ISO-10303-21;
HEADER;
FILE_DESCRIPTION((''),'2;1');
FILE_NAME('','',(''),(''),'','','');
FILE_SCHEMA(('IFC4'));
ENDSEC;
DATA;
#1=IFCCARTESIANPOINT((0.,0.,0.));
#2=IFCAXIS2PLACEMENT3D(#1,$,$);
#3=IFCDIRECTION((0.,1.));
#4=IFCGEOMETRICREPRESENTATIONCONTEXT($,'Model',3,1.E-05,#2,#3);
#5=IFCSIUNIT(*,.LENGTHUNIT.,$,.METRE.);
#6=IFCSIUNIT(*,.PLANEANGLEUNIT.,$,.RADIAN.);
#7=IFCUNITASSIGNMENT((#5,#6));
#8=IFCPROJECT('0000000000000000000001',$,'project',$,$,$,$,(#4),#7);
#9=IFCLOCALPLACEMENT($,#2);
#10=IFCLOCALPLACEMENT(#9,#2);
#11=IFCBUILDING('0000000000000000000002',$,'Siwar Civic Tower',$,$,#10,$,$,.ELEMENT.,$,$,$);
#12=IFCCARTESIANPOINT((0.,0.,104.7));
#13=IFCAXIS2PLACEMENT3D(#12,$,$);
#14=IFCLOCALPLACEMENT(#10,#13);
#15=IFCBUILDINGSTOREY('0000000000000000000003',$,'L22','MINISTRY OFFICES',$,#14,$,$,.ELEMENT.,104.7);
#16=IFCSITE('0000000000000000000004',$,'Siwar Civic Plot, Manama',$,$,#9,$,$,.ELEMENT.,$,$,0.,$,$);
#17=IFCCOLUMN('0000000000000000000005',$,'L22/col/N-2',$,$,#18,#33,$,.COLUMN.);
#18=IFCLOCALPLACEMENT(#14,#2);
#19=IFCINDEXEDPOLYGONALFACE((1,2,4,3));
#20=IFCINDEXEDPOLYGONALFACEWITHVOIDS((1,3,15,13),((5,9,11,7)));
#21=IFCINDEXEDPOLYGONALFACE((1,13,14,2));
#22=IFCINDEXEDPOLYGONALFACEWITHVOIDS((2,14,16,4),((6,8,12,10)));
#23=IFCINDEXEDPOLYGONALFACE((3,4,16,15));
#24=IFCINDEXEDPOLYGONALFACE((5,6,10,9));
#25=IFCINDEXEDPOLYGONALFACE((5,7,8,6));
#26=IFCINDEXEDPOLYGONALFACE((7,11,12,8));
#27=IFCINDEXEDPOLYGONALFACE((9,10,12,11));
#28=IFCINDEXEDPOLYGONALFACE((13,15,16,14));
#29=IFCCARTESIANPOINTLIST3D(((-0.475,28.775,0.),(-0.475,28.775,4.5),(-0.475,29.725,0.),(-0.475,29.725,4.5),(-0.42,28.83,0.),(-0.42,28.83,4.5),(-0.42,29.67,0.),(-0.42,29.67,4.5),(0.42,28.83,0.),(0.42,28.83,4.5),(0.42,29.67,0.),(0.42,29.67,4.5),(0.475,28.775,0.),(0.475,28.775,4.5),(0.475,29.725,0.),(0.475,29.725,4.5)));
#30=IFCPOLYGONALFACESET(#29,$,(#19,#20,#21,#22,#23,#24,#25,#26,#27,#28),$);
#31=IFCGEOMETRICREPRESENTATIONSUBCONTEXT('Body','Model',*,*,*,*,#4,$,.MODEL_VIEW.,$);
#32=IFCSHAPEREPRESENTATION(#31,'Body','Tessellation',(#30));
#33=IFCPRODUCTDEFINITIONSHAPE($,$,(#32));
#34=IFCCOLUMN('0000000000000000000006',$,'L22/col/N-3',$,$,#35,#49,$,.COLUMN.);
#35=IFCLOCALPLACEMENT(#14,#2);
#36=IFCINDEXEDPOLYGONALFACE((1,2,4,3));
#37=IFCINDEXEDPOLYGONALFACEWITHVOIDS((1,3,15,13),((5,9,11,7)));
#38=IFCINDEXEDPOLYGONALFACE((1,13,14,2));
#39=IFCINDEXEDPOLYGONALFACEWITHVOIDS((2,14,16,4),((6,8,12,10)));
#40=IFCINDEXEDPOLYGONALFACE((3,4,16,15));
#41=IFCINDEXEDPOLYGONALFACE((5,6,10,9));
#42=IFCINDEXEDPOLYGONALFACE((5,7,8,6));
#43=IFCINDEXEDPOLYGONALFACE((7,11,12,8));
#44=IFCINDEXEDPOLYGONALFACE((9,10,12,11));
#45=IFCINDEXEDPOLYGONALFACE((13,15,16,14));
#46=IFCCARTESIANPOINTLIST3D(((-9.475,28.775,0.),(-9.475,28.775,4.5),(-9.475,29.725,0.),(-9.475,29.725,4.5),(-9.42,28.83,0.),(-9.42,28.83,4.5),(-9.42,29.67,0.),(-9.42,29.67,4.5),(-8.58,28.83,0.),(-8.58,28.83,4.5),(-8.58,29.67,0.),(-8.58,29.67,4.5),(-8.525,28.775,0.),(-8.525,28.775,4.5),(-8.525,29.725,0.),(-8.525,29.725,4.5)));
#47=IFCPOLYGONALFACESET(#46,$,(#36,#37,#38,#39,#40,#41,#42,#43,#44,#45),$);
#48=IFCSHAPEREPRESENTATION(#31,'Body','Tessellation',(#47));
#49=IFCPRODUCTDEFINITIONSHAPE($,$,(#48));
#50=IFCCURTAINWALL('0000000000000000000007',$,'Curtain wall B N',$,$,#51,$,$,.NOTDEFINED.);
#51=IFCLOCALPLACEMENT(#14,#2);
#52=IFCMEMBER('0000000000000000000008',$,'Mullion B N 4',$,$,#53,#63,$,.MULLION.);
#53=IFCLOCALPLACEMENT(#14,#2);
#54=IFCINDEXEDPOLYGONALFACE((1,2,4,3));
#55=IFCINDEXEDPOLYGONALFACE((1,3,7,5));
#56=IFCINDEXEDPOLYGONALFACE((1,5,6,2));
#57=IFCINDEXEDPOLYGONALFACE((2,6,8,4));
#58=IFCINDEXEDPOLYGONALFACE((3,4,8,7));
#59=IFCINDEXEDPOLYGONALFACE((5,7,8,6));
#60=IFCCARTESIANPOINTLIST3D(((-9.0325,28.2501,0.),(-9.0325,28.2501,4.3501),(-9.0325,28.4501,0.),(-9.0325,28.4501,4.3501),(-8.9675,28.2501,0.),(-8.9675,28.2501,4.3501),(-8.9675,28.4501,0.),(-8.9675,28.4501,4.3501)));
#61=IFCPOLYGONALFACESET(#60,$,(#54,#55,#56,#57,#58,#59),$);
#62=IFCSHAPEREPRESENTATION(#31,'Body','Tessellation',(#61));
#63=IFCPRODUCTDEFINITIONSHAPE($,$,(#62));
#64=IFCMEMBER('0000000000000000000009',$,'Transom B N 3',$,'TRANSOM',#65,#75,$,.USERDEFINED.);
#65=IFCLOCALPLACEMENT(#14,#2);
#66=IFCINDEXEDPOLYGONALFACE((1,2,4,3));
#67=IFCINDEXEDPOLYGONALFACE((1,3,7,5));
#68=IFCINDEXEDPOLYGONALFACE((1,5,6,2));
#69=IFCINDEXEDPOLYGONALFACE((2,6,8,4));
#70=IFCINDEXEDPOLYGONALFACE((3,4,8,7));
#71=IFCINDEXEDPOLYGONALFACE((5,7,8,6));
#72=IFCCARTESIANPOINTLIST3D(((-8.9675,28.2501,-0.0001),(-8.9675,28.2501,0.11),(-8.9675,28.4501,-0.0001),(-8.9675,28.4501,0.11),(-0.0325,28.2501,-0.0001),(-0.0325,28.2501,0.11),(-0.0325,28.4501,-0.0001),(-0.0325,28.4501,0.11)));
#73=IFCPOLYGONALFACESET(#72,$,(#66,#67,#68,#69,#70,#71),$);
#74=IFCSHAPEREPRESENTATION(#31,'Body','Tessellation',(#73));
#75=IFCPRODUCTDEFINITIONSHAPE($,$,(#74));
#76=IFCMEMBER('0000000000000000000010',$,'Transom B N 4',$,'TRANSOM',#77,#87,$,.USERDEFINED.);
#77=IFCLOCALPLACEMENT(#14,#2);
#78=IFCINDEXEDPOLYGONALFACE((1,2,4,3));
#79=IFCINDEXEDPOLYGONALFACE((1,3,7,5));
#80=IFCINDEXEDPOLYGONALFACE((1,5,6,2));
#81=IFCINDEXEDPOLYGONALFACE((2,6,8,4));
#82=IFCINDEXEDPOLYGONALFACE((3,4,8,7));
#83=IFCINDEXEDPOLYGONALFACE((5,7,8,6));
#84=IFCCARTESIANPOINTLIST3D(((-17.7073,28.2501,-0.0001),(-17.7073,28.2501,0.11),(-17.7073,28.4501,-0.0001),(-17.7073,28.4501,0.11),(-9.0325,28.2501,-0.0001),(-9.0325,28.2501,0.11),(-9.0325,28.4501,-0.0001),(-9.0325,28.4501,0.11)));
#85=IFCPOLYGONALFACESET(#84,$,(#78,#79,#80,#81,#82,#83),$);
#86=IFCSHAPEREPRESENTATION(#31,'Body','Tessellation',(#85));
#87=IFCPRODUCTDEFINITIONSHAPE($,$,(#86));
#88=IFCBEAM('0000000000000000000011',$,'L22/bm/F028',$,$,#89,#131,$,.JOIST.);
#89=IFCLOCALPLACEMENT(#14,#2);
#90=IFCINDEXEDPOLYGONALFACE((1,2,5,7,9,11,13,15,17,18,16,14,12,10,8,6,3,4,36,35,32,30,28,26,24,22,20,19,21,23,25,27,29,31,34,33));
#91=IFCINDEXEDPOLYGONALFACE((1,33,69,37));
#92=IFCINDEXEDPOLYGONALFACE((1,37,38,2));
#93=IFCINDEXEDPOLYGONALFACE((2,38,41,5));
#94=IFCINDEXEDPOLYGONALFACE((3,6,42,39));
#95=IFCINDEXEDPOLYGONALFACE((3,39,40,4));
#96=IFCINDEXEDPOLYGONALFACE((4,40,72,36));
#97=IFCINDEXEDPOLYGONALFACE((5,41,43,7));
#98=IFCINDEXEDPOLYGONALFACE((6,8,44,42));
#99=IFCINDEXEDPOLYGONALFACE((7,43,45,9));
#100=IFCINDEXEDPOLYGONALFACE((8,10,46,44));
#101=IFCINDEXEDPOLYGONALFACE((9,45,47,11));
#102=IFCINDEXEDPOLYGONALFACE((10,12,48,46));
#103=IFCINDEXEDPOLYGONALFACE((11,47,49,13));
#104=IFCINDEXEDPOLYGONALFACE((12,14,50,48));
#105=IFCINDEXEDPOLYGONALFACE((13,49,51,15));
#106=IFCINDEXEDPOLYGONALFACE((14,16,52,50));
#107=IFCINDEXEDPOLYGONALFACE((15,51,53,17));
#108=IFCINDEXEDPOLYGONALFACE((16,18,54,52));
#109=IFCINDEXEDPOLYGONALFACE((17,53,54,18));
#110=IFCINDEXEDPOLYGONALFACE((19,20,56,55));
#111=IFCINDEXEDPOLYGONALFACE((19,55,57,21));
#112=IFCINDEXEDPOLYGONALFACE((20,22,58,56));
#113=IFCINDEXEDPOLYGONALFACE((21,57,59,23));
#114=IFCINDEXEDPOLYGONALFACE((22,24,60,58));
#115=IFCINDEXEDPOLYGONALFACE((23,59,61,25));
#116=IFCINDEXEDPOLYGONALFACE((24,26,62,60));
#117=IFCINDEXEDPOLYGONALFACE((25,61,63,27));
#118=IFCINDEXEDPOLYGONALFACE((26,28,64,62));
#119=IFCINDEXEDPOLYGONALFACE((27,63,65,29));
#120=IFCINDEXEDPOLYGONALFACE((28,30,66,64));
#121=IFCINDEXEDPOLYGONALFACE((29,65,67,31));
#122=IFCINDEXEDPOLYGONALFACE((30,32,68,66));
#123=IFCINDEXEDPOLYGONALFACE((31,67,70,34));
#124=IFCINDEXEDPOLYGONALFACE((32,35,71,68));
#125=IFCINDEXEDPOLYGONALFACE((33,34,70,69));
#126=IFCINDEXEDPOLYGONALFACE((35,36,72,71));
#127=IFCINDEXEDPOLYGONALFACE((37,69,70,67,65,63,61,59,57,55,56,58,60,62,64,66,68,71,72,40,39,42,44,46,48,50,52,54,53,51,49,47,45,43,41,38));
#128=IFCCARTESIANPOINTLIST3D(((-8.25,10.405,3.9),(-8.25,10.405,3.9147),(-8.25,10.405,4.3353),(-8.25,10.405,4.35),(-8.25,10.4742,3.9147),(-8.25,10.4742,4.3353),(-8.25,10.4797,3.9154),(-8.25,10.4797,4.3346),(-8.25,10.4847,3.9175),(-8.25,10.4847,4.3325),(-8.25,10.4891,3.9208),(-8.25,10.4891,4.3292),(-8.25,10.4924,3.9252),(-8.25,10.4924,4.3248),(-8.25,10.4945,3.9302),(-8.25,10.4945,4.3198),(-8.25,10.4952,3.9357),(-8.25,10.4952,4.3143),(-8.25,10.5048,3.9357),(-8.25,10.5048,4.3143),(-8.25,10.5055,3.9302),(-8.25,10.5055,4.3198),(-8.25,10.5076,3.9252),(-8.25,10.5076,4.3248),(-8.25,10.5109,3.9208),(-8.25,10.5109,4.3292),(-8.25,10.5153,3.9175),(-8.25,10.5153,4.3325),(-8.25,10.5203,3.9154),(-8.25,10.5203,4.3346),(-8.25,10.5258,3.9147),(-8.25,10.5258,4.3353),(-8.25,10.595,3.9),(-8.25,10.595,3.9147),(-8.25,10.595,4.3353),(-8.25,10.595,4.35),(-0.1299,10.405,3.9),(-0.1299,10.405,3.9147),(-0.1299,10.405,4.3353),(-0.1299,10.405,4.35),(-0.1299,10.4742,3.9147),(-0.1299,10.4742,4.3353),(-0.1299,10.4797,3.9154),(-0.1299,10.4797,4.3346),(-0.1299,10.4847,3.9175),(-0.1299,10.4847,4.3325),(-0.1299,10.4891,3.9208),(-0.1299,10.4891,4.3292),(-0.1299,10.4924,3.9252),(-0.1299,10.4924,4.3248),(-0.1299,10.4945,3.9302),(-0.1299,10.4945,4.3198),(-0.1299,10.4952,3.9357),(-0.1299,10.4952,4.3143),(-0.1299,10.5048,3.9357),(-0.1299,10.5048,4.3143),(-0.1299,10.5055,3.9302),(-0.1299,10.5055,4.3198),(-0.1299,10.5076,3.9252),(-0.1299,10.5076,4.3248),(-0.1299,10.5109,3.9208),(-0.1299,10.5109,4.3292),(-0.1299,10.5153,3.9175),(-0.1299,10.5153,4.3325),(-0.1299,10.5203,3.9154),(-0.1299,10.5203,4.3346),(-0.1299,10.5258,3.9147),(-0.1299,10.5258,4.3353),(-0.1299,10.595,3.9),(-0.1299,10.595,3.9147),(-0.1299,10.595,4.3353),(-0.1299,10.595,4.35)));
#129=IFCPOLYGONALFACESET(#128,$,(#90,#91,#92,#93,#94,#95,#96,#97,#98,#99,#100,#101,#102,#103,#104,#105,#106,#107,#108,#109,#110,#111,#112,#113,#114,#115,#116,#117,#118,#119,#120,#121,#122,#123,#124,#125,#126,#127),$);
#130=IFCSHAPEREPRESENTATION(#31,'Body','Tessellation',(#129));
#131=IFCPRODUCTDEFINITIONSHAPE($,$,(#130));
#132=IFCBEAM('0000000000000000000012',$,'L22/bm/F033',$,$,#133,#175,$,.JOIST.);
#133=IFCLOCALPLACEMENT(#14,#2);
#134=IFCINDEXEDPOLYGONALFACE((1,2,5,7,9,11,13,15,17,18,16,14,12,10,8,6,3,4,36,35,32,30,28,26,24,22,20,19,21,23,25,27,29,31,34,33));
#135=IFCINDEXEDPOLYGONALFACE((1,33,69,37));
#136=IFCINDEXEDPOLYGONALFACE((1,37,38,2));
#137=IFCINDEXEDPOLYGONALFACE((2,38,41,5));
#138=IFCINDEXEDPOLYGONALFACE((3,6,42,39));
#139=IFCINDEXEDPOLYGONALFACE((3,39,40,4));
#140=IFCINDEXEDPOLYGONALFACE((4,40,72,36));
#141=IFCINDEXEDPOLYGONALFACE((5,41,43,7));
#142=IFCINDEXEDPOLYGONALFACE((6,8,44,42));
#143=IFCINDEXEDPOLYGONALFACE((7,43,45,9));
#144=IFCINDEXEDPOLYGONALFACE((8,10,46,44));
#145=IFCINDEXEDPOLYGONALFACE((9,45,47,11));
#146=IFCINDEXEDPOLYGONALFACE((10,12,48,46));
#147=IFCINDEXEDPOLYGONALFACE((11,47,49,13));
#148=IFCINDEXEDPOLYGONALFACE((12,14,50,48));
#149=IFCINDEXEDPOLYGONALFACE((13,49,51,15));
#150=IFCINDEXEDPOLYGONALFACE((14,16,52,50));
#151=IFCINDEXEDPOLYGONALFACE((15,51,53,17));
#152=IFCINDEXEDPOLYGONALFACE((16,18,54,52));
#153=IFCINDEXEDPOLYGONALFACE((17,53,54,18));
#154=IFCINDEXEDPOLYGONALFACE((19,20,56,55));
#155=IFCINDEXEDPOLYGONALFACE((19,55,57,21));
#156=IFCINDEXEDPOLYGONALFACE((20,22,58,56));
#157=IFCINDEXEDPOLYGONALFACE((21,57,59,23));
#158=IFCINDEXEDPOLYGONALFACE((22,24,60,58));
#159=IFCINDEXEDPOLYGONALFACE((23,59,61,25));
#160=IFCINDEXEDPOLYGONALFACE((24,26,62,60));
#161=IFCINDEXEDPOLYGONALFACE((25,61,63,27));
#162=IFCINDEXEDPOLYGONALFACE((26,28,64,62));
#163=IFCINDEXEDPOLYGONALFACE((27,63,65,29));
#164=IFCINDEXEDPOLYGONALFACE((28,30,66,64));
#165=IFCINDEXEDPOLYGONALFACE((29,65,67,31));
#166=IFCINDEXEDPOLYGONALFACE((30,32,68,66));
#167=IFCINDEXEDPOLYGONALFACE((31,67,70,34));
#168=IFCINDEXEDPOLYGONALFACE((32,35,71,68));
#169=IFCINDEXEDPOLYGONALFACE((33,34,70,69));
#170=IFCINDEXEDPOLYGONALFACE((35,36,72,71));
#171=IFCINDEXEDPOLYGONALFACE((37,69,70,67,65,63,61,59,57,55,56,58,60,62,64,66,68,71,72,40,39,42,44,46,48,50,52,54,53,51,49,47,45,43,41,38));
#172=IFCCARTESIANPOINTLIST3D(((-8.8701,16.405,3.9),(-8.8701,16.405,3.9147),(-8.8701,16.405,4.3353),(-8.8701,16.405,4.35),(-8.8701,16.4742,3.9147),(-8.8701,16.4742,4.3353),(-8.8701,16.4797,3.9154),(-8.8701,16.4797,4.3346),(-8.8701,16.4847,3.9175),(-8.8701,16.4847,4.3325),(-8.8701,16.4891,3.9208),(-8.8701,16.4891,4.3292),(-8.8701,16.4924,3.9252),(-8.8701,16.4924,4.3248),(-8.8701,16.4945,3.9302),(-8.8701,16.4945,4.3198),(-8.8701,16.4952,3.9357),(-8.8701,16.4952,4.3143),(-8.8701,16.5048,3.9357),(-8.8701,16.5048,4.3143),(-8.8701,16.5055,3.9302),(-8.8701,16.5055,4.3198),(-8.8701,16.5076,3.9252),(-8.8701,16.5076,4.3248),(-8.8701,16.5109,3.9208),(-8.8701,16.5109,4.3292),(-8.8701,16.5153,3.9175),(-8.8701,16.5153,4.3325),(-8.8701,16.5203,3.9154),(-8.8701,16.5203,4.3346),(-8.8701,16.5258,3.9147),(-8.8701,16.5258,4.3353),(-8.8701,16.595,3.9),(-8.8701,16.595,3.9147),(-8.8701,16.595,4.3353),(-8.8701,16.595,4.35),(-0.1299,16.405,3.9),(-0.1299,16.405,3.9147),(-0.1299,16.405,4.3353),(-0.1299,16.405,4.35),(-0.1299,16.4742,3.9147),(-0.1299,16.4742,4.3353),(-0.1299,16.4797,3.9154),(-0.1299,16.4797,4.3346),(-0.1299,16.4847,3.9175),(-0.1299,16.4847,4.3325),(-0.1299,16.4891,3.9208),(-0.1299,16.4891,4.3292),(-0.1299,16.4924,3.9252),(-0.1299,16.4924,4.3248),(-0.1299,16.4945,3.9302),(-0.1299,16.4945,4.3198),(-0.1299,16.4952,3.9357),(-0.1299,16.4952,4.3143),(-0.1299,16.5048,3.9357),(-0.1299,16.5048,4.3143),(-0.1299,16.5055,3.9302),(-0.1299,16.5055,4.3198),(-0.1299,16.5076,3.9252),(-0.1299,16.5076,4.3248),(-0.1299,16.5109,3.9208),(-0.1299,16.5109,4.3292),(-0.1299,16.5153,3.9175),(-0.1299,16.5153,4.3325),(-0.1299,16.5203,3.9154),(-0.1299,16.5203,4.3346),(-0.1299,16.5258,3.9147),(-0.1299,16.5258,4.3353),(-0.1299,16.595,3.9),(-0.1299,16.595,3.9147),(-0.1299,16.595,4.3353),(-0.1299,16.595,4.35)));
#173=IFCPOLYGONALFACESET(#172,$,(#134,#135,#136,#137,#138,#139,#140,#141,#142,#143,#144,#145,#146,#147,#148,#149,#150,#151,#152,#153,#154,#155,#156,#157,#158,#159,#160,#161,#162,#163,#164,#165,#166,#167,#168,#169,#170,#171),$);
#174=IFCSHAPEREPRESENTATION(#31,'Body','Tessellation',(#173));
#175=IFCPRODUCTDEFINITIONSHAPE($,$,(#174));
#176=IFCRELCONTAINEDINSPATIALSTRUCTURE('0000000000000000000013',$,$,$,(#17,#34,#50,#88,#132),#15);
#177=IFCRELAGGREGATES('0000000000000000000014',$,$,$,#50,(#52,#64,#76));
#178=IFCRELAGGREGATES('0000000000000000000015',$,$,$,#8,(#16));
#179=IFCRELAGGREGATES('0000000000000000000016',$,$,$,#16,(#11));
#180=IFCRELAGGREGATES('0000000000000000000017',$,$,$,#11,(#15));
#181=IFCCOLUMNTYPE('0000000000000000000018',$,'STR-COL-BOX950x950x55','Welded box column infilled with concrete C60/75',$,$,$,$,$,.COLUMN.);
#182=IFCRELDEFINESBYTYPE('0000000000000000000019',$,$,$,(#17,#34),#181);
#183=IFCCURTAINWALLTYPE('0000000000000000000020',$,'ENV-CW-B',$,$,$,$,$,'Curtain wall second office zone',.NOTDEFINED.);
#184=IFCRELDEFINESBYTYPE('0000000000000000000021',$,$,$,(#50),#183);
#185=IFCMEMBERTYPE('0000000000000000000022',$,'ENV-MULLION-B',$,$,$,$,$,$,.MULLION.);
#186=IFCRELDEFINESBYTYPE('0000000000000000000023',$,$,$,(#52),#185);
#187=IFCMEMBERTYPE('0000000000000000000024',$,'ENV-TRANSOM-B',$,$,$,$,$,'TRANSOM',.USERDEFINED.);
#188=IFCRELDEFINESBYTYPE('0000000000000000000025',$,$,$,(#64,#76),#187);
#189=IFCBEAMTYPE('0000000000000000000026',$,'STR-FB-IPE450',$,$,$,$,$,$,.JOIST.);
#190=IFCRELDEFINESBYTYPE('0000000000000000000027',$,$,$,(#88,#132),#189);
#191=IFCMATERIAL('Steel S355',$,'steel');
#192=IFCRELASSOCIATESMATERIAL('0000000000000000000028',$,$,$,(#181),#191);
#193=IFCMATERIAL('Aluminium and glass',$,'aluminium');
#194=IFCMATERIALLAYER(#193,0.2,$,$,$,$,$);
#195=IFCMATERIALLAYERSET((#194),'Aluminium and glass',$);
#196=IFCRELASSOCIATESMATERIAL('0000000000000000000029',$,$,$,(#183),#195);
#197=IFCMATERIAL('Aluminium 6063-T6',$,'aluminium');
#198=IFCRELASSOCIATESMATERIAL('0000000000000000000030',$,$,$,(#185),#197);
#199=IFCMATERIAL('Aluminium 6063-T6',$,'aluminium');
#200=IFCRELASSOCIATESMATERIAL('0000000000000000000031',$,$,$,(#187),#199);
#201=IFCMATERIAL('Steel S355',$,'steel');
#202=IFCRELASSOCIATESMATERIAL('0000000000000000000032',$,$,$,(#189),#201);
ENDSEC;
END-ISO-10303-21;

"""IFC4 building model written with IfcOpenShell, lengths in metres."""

from ifc_helpers import new_model, si_unit, direction, frame, origin, origin_2d, place, context, subcontext, project, spatial, rectangle, hollow_rectangle, i_section, extrude, material, layer, layer_set, material_profile, profile_set, type_object, element, aggregate, save


model = new_model("IFC4")

# Units and contexts
model_context = context("Model", 3, precision=1e-05, world=origin(), true_north=direction((0.0, 1.0)))
body_context = subcontext(model_context, "Body", "Model", "MODEL_VIEW")
ifc_project = project(units=[si_unit("LENGTHUNIT", "METRE"), si_unit("PLANEANGLEUNIT", "RADIAN")], contexts=[model_context])

# Site, building, storey
site_placement = place(None, origin())
site = spatial("IfcSite", under=ifc_project, at=site_placement, Name="Siwar Civic Plot, Manama", CompositionType="ELEMENT", RefElevation=0.0)
building_placement = place(site_placement, origin())
building = spatial("IfcBuilding", under=site, at=building_placement, Name="Siwar Civic Tower", CompositionType="ELEMENT")
storey_placement = place(building_placement, frame((0.0, 0.0, 104.7)))
storey = spatial("IfcBuildingStorey", under=building, at=storey_placement, Name="L22", Description="MINISTRY OFFICES", CompositionType="ELEMENT", Elevation=104.7)

# Columns
ifc_material_1 = material(Name="Steel S355", Category="steel")
ifc_material_profile_1 = material_profile(ifc_material_1, hollow_rectangle(XDim=0.95, YDim=0.95, WallThickness=0.0549, at=origin_2d()), Name="BOX950x950x55")
ifc_profile_set_1 = profile_set([ifc_material_profile_1], Name="Steel S355")
column_type = type_object("IfcColumnType", Name="STR-COL-BOX950x950x55", Description="Welded box column infilled with concrete C60/75", PredefinedType="COLUMN", material=ifc_profile_set_1)
for number, where, z_axis, x_axis, name in (
    (1, (0.0, 29.25, 0.0), (0.0, 0.0, 1.0), (1.0, 0.0, 0.0), "L22/col/N-2"),
    (2, (-9.0, 29.25, 0.0), (0.0, 0.0, 1.0), (1.0, 0.0, 0.0), "L22/col/N-3"),
):
    element("IfcColumn", number, at=place(storey_placement, frame(where, z_axis=z_axis, x_axis=x_axis)), inside=storey, type_object=column_type, Name=name, PredefinedType="COLUMN", context=body_context, shape_type="SweptSolid", body=[
        extrude(hollow_rectangle(XDim=0.95, YDim=0.95, WallThickness=0.0549, at=origin_2d()), origin(), (0.0, 0.0, 1.0), 4.5),
    ])

# Curtain wall, members
ifc_material_2 = material(Name="Aluminium and glass", Category="aluminium")
ifc_layer_1 = layer(ifc_material_2, 0.2)
ifc_layer_set_1 = layer_set([ifc_layer_1], Name="Aluminium and glass")
curtain_wall_type = type_object("IfcCurtainWallType", Name="ENV-CW-B", ElementType="Curtain wall second office zone", PredefinedType="NOTDEFINED", material=ifc_layer_set_1)
curtain_wall_placement = place(storey_placement, origin())
curtain_wall = element("IfcCurtainWall", 3, at=curtain_wall_placement, inside=storey, type_object=curtain_wall_type, Name="Curtain wall B N", PredefinedType="NOTDEFINED")
ifc_material_3 = material(Name="Aluminium 6063-T6", Category="aluminium")
ifc_material_profile_2 = material_profile(ifc_material_3, rectangle(XDim=0.2, YDim=0.0649, at=origin_2d()), Name="AL 200x65")
ifc_profile_set_2 = profile_set([ifc_material_profile_2], Name="Aluminium 6063-T6")
member_type_1 = type_object("IfcMemberType", Name="ENV-MULLION-B", PredefinedType="MULLION", material=ifc_profile_set_2)
member_1_placement = place(storey_placement, frame((-9.0, 28.3501, 0.0), z_axis=(0.0, 0.0, 1.0), x_axis=(0.0, -1.0, 0.0)))
member_1 = element("IfcMember", 4, at=member_1_placement, type_object=member_type_1, Name="Mullion B N 4", PredefinedType="MULLION", context=body_context, shape_type="SweptSolid", body=[
    extrude(rectangle(XDim=0.2, YDim=0.0649, at=origin_2d()), origin(), (0.0, 0.0, 1.0), 4.3501),
])
ifc_material_4 = material(Name="Aluminium 6063-T6", Category="aluminium")
ifc_material_profile_3 = material_profile(ifc_material_4, rectangle(XDim=0.2, YDim=0.1101, at=origin_2d()), Name="AL 200x110")
ifc_profile_set_3 = profile_set([ifc_material_profile_3], Name="Aluminium 6063-T6")
member_type_2 = type_object("IfcMemberType", Name="ENV-TRANSOM-B", ElementType="TRANSOM", PredefinedType="USERDEFINED", material=ifc_profile_set_3)
member_2_placement = place(storey_placement, frame((-0.0325, 28.3501, 0.0549), z_axis=(-1.0, 0.0, 0.0), x_axis=(0.0, -1.0, 0.0)))
member_2 = element("IfcMember", 5, at=member_2_placement, type_object=member_type_2, Name="Transom B N 3", ObjectType="TRANSOM", PredefinedType="USERDEFINED", context=body_context, shape_type="SweptSolid", body=[
    extrude(rectangle(XDim=0.2, YDim=0.1101, at=origin_2d()), origin(), (0.0, 0.0, 1.0), 8.9351),
])
member_3_placement = place(storey_placement, frame((-9.0325, 28.3501, 0.0549), z_axis=(-1.0, 0.0, 0.0), x_axis=(0.0, -1.0, 0.0)))
member_3 = element("IfcMember", 6, at=member_3_placement, type_object=member_type_2, Name="Transom B N 4", ObjectType="TRANSOM", PredefinedType="USERDEFINED", context=body_context, shape_type="SweptSolid", body=[
    extrude(rectangle(XDim=0.2, YDim=0.1101, at=origin_2d()), origin(), (0.0, 0.0, 1.0), 8.6748),
])

# Beams
ifc_material_5 = material(Name="Steel S355", Category="steel")
ifc_material_profile_4 = material_profile(ifc_material_5, i_section(OverallWidth=0.1899, OverallDepth=0.45, WebThickness=0.0095, FlangeThickness=0.0146, FilletRadius=0.021, at=origin_2d()), Name="IPE450")
ifc_profile_set_4 = profile_set([ifc_material_profile_4], Name="Steel S355")
beam_type_1 = type_object("IfcBeamType", Name="STR-FB-IPE450", PredefinedType="JOIST", material=ifc_profile_set_4)
beam_1_placement = place(storey_placement, frame((-8.25, 10.5, 4.125), z_axis=(1.0, 0.0, 0.0), x_axis=(0.0, 1.0, 0.0)))
element("IfcBeam", 7, at=beam_1_placement, inside=storey, type_object=beam_type_1, Name="L22/bm/F028", PredefinedType="JOIST", context=body_context, shape_type="SweptSolid", body=[
    extrude(i_section(OverallWidth=0.1899, OverallDepth=0.45, WebThickness=0.0095, FlangeThickness=0.0146, FilletRadius=0.021, at=origin_2d()), origin(), (0.0, 0.0, 1.0), 8.1201),
])
for number, where, z_axis, x_axis, name in (
    (8, (-8.8701, 16.5, 4.125), (1.0, 0.0, 0.0), (0.0, 1.0, 0.0), "L22/bm/F033"),
):
    element("IfcBeam", number, at=place(storey_placement, frame(where, z_axis=z_axis, x_axis=x_axis)), inside=storey, type_object=beam_type_1, Name=name, PredefinedType="JOIST", context=body_context, shape_type="SweptSolid", body=[
        extrude(i_section(OverallWidth=0.1899, OverallDepth=0.45, WebThickness=0.0095, FlangeThickness=0.0146, FilletRadius=0.021, at=origin_2d()), origin(), (0.0, 0.0, 1.0), 8.7402),
    ])

aggregate(curtain_wall, [member_1, member_2, member_3])

save(model, "model.ifc")
